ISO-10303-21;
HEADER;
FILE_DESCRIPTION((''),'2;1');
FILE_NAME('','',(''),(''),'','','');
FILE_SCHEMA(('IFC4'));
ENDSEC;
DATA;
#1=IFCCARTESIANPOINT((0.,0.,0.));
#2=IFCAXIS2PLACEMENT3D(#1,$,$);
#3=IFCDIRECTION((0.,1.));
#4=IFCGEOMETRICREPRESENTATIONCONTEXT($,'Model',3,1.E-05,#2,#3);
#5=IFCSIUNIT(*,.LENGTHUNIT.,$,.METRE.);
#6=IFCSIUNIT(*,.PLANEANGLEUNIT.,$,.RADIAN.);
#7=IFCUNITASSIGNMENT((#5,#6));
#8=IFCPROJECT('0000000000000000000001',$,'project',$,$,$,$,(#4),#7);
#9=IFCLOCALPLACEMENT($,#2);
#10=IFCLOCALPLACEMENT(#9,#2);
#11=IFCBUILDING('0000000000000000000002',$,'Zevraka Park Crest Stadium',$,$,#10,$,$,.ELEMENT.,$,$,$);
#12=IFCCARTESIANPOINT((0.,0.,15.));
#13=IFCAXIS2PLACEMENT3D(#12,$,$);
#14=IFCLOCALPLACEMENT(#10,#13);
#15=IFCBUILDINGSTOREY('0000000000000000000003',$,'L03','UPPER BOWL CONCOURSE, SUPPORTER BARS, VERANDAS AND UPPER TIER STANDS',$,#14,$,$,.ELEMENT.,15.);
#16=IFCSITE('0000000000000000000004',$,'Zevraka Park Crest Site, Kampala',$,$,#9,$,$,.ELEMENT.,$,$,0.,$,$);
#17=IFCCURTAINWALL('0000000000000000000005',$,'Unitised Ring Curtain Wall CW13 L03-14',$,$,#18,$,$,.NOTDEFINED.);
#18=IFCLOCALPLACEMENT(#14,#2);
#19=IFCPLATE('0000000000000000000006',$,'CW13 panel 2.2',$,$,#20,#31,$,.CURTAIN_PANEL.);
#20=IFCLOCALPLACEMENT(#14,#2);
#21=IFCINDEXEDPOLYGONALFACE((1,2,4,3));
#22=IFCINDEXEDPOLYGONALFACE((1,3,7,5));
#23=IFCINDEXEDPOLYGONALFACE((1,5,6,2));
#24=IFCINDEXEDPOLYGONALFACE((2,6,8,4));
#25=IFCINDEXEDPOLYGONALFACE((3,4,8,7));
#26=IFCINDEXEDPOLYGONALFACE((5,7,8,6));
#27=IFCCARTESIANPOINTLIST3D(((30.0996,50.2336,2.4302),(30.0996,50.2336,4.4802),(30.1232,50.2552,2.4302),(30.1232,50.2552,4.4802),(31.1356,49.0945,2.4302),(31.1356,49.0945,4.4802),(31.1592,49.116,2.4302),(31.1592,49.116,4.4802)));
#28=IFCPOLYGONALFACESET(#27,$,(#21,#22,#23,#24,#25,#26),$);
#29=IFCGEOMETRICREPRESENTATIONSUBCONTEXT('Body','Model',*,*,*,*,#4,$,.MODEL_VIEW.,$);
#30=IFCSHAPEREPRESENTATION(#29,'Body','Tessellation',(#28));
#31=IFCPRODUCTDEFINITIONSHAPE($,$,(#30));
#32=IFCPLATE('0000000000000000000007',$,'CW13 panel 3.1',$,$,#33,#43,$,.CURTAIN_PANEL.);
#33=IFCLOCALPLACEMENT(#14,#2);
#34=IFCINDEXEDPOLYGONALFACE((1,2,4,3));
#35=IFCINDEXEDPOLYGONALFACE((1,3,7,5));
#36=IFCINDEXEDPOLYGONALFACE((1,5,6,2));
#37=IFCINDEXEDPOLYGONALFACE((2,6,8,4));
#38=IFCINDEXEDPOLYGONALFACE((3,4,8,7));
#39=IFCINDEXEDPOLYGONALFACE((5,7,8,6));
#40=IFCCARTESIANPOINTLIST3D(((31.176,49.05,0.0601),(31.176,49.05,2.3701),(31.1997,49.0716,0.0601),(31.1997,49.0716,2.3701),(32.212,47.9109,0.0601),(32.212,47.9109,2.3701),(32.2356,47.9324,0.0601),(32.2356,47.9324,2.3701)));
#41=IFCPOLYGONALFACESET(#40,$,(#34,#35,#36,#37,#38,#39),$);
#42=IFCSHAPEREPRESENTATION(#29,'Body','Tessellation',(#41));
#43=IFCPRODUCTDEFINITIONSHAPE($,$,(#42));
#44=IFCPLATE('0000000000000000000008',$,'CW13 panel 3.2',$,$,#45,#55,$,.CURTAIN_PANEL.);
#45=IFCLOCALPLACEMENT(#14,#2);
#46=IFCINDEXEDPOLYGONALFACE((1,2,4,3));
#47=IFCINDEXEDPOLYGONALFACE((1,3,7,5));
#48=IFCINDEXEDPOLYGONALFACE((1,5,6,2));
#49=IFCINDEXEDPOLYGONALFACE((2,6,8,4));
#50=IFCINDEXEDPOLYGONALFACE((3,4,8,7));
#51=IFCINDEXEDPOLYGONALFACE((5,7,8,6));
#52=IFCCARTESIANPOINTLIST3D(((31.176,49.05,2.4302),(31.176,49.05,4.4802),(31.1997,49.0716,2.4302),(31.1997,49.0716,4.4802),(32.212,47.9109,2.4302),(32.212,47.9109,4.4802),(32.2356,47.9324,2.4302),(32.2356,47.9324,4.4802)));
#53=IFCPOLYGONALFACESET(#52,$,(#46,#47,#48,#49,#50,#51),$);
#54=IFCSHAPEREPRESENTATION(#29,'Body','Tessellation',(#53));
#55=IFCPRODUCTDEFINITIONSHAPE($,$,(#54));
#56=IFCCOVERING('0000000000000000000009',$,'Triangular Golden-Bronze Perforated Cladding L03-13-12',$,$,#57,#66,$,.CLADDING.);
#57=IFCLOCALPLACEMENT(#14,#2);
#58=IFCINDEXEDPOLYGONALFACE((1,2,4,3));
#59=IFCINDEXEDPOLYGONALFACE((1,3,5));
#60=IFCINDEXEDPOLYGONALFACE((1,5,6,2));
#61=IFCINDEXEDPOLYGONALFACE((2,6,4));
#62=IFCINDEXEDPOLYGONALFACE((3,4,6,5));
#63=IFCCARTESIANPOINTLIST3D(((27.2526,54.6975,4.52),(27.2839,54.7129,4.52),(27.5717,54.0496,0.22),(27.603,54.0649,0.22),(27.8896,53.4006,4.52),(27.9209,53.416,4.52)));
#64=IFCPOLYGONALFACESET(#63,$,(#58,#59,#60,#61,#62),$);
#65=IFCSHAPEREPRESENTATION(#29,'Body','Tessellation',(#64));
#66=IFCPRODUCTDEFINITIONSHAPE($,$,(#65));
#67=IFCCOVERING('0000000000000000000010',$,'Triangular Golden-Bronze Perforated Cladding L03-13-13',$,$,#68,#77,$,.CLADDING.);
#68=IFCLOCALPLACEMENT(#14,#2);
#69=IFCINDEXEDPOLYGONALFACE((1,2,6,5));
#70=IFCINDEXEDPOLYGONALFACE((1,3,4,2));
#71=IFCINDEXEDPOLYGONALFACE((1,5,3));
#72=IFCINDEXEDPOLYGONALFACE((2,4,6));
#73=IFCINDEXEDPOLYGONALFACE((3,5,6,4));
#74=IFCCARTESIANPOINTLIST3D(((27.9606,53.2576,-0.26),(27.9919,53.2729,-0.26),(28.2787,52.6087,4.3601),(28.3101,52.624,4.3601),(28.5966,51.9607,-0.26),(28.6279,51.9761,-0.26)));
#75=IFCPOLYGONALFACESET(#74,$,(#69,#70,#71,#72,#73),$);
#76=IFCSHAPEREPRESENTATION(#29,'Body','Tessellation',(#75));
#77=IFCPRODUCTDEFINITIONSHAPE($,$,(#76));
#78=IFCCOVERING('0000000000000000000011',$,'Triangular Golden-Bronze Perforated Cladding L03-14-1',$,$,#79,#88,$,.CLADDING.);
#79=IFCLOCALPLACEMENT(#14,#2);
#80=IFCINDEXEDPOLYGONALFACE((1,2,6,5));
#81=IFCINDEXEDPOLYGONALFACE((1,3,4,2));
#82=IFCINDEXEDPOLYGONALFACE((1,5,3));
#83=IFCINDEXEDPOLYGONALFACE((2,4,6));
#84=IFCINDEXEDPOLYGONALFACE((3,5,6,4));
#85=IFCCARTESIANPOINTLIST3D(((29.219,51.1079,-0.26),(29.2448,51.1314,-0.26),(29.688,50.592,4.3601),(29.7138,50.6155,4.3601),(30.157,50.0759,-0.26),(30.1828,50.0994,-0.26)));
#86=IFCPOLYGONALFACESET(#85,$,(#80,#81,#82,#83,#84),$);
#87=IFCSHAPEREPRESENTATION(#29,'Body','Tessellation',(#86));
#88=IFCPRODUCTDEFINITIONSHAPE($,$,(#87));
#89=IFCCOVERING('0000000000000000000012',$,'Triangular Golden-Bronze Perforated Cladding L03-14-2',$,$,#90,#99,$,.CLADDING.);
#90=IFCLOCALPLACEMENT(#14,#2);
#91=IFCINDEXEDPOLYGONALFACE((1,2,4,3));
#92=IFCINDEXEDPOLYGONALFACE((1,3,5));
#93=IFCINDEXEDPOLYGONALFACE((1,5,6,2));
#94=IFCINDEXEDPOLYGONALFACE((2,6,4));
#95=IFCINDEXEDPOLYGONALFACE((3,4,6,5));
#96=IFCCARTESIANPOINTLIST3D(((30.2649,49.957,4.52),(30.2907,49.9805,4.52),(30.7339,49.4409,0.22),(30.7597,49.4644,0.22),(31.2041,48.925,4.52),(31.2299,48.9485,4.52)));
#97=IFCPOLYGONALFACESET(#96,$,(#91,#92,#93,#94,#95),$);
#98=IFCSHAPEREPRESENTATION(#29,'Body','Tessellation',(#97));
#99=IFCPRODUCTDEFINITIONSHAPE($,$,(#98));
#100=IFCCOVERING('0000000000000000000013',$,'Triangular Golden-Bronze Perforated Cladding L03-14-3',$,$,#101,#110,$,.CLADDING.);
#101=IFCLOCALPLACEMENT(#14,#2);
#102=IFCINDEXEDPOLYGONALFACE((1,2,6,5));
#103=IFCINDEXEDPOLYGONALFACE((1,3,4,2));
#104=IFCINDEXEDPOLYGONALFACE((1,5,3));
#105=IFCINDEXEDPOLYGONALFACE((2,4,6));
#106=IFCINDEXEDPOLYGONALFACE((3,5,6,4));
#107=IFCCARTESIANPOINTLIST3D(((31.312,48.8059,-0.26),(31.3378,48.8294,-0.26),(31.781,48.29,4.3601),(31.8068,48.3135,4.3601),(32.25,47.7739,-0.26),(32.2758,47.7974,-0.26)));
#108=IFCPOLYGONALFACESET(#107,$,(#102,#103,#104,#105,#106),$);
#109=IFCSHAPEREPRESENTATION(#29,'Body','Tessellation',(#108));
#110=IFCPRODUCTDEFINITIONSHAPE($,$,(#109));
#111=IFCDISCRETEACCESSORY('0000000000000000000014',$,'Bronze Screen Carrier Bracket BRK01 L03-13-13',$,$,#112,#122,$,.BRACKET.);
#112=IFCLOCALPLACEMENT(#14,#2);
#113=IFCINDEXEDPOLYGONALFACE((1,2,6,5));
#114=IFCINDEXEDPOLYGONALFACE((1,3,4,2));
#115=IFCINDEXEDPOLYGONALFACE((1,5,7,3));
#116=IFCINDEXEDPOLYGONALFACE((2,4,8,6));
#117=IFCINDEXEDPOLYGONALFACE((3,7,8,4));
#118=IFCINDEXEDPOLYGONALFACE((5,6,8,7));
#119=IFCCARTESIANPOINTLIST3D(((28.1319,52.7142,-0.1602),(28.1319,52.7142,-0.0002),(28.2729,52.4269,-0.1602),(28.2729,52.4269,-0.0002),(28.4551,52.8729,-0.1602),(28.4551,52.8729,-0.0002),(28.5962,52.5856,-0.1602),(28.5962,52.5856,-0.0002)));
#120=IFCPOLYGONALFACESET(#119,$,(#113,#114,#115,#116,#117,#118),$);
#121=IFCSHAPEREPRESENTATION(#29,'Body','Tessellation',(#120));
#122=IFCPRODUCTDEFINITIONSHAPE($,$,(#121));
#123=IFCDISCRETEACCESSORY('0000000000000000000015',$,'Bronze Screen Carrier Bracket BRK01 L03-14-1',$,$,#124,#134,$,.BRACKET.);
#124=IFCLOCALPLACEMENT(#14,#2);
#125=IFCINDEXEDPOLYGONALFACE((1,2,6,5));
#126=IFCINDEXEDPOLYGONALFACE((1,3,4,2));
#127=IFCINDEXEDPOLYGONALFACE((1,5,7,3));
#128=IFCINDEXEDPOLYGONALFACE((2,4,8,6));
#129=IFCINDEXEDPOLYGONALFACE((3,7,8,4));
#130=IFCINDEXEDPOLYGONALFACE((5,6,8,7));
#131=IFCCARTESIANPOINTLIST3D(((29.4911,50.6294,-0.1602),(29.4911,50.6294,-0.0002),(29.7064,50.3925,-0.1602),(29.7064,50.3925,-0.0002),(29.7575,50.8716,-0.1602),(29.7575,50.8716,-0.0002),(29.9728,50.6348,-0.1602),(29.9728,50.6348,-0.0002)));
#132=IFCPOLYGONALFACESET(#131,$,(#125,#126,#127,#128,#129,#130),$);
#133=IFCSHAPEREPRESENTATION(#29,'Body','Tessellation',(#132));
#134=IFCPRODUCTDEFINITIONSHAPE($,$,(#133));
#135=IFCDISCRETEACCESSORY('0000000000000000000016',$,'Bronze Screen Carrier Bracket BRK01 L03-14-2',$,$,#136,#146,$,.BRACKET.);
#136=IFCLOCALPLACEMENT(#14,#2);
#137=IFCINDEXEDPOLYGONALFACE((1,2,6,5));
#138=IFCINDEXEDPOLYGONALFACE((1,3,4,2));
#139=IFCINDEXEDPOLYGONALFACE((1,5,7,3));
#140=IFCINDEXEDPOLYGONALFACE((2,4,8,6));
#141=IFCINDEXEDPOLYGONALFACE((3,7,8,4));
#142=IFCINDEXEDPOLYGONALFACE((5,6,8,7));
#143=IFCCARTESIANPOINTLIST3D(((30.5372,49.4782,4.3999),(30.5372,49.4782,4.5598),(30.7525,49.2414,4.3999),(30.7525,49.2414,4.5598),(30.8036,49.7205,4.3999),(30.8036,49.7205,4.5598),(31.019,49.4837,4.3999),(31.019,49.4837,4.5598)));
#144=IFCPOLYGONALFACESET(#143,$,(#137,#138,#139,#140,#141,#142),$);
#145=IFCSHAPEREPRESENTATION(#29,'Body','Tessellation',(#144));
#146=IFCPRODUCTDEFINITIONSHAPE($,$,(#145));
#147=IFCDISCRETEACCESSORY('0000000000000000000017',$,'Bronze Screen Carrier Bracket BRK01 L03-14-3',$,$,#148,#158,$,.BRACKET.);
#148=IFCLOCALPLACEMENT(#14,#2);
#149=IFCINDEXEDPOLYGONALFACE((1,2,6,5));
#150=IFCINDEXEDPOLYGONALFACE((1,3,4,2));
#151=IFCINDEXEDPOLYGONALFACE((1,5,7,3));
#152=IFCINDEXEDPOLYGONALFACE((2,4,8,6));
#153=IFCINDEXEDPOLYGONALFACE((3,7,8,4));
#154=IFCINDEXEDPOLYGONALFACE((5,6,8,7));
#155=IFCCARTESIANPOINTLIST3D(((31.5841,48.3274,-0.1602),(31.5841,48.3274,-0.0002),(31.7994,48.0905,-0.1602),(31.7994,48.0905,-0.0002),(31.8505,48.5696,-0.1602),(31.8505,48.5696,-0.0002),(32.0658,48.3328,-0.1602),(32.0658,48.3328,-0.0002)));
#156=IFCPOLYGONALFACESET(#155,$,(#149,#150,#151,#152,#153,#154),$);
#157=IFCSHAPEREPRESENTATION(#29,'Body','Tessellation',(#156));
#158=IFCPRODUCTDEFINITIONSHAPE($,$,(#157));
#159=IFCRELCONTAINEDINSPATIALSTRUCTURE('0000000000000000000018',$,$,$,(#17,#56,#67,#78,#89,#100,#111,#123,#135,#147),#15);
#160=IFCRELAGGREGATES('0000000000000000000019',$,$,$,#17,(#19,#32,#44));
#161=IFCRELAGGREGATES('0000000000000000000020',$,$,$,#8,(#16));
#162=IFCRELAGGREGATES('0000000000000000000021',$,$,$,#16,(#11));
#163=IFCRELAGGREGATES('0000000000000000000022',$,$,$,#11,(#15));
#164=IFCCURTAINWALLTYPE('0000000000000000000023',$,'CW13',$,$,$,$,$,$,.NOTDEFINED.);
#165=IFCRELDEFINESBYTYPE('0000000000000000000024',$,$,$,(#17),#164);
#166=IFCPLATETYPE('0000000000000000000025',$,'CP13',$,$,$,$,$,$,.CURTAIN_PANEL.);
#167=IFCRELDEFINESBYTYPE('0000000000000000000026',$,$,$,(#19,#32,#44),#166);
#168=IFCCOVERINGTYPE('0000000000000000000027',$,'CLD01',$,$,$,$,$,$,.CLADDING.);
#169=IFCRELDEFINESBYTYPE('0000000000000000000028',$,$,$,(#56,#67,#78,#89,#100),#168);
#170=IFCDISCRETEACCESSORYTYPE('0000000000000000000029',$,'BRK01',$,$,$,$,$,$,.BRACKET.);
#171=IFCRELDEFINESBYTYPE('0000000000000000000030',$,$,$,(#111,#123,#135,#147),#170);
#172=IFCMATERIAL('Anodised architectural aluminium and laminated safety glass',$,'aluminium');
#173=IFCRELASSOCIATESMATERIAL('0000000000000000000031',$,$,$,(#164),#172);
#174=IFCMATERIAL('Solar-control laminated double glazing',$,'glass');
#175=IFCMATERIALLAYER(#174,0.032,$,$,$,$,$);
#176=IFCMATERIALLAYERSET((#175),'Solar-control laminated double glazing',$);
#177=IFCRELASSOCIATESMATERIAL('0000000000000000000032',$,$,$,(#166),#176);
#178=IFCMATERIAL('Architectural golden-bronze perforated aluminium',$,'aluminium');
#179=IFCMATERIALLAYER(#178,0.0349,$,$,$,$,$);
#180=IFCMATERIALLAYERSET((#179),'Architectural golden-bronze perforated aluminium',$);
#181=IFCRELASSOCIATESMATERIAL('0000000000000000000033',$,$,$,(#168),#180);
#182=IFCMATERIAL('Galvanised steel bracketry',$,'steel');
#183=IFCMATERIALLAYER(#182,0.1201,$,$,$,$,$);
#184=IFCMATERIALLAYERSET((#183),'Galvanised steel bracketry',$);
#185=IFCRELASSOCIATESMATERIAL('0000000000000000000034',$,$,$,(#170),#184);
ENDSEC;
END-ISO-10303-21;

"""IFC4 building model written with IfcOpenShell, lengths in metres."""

from ifc_helpers import new_model, si_unit, direction, frame, origin, origin_2d, place, context, subcontext, project, spatial, polyline, rectangle, outline, extrude, material, layer, layer_set, type_object, element, aggregate, save


model = new_model("IFC4")

# Units and contexts
model_context = context("Model", 3, precision=1e-05, world=origin(), true_north=direction((0.0, 1.0)))
body_context = subcontext(model_context, "Body", "Model", "MODEL_VIEW")
ifc_project = project(units=[si_unit("LENGTHUNIT", "METRE"), si_unit("PLANEANGLEUNIT", "RADIAN")], contexts=[model_context])

# Site, building, storey
site_placement = place(None, origin())
site = spatial("IfcSite", under=ifc_project, at=site_placement, Name="Zevraka Park Crest Site, Kampala", CompositionType="ELEMENT", RefElevation=0.0)
building_placement = place(site_placement, origin())
building = spatial("IfcBuilding", under=site, at=building_placement, Name="Zevraka Park Crest Stadium", CompositionType="ELEMENT")
storey_placement = place(building_placement, frame((0.0, 0.0, 15.0)))
storey = spatial("IfcBuildingStorey", under=building, at=storey_placement, Name="L03", Description="UPPER BOWL CONCOURSE, SUPPORTER BARS, VERANDAS AND UPPER TIER STANDS", CompositionType="ELEMENT", Elevation=15.0)

# Curtain wall
ifc_material_1 = material(Name="Anodised architectural aluminium and laminated safety glass", Category="aluminium")
curtain_wall_type_1 = type_object("IfcCurtainWallType", Name="CW13", PredefinedType="NOTDEFINED", material=ifc_material_1)
curtain_wall_1_placement = place(storey_placement, origin())
curtain_wall_1 = element("IfcCurtainWall", 1, at=curtain_wall_1_placement, inside=storey, type_object=curtain_wall_type_1, Name="Unitised Ring Curtain Wall CW13 L03-14", PredefinedType="NOTDEFINED")

# Plates
ifc_material_2 = material(Name="Solar-control laminated double glazing", Category="glass")
ifc_layer_1 = layer(ifc_material_2, 0.032)
ifc_layer_set_1 = layer_set([ifc_layer_1], Name="Solar-control laminated double glazing")
plate_type_1 = type_object("IfcPlateType", Name="CP13", PredefinedType="CURTAIN_PANEL", material=ifc_layer_set_1)
plate_1_placement = place(storey_placement, frame((30.6294, 49.6748, 2.4302), z_axis=(0.0, 0.0, 1.0), x_axis=(0.672802, -0.739823, 0.0)))
plate_1 = element("IfcPlate", 2, at=plate_1_placement, type_object=plate_type_1, Name="CW13 panel 2.2", PredefinedType="CURTAIN_PANEL", context=body_context, shape_type="SweptSolid", body=[
    extrude(rectangle(XDim=1.5398, YDim=0.032, at=origin_2d()), origin(), (0.0, 0.0, 1.0), 2.05),
])
plate_2_placement = place(storey_placement, frame((31.7058, 48.4912, 0.0601), z_axis=(0.0, 0.0, 1.0), x_axis=(0.672802, -0.739823, 0.0)))
plate_2 = element("IfcPlate", 3, at=plate_2_placement, type_object=plate_type_1, Name="CW13 panel 3.1", PredefinedType="CURTAIN_PANEL", context=body_context, shape_type="SweptSolid", body=[
    extrude(rectangle(XDim=1.5398, YDim=0.032, at=origin_2d()), origin(), (0.0, 0.0, 1.0), 2.3101),
])
plate_3_placement = place(storey_placement, frame((31.7058, 48.4912, 2.4302), z_axis=(0.0, 0.0, 1.0), x_axis=(0.672802, -0.739823, 0.0)))
plate_3 = element("IfcPlate", 4, at=plate_3_placement, type_object=plate_type_1, Name="CW13 panel 3.2", PredefinedType="CURTAIN_PANEL", context=body_context, shape_type="SweptSolid", body=[
    extrude(rectangle(XDim=1.5398, YDim=0.032, at=origin_2d()), origin(), (0.0, 0.0, 1.0), 2.05),
])
aggregate(curtain_wall_1, [plate_1, plate_2, plate_3])

# Coverings
ifc_material_3 = material(Name="Architectural golden-bronze perforated aluminium", Category="aluminium")
ifc_layer_2 = layer(ifc_material_3, 0.0349)
ifc_layer_set_2 = layer_set([ifc_layer_2], Name="Architectural golden-bronze perforated aluminium")
covering_type = type_object("IfcCoveringType", Name="CLD01", PredefinedType="CLADDING", material=ifc_layer_set_2)
covering_1_placement = place(storey_placement, frame((27.9209, 53.416, 4.52), z_axis=(0.897581, 0.440849, 0.000177), x_axis=(-0.440849, 0.897581, 0.0)))
element("IfcCovering", 5, at=covering_1_placement, inside=storey, type_object=covering_type, Name="Triangular Golden-Bronze Perforated Cladding L03-13-12", PredefinedType="CLADDING", context=body_context, shape_type="SweptSolid", body=[
    extrude(outline(polyline([(0.0, 0.0), (1.4449, 0.0), (0.7226, -4.3), (0.0, 0.0)])), origin(), (0.0, 0.0, -1.0), 0.0349),
])
covering_2_placement = place(storey_placement, frame((27.9919, 53.2729, -0.26), z_axis=(0.897849, 0.440304, 0.000023), x_axis=(0.440304, -0.897849, 0.0)))
element("IfcCovering", 6, at=covering_2_placement, inside=storey, type_object=covering_type, Name="Triangular Golden-Bronze Perforated Cladding L03-13-13", PredefinedType="CLADDING", context=body_context, shape_type="SweptSolid", body=[
    extrude(outline(polyline([(0.0, 0.0), (1.4444, 0.0), (0.7227, -4.6201), (0.0, 0.0)])), origin(), (0.0, 0.0, -1.0), 0.0349),
])
covering_3_placement = place(storey_placement, frame((29.219, 51.1079, -0.26), z_axis=(-0.740003, -0.672603, 0.000018), x_axis=(0.672603, -0.740003, 0.0)))
element("IfcCovering", 7, at=covering_3_placement, inside=storey, type_object=covering_type, Name="Triangular Golden-Bronze Perforated Cladding L03-14-1", PredefinedType="CLADDING", context=body_context, shape_type="SweptSolid", body=[
    extrude(outline(polyline([(0.0, 0.0), (1.3946, 0.0), (0.6972, 4.6201), (0.0, 0.0)])), origin(), (0.0, 0.0, -1.0), 0.0349),
])
covering_4_placement = place(storey_placement, frame((31.2041, 48.925, 4.52), z_axis=(-0.739568, -0.673082, 0.000124), x_axis=(-0.673082, 0.739568, 0.0)))
element("IfcCovering", 8, at=covering_4_placement, inside=storey, type_object=covering_type, Name="Triangular Golden-Bronze Perforated Cladding L03-14-2", PredefinedType="CLADDING", context=body_context, shape_type="SweptSolid", body=[
    extrude(outline(polyline([(0.0, 0.0), (1.3954, 0.0), (0.698, 4.3), (0.0, 0.0)])), origin(), (0.0, 0.0, -1.0), 0.0349),
])
covering_5_placement = place(storey_placement, frame((31.312, 48.8059, -0.26), z_axis=(-0.740003, -0.672603, 0.000018), x_axis=(0.672603, -0.740003, 0.0)))
element("IfcCovering", 9, at=covering_5_placement, inside=storey, type_object=covering_type, Name="Triangular Golden-Bronze Perforated Cladding L03-14-3", PredefinedType="CLADDING", context=body_context, shape_type="SweptSolid", body=[
    extrude(outline(polyline([(0.0, 0.0), (1.3946, 0.0), (0.6972, 4.6201), (0.0, 0.0)])), origin(), (0.0, 0.0, -1.0), 0.0349),
])

# Discrete accessories
ifc_material_4 = material(Name="Galvanised steel bracketry", Category="steel")
ifc_layer_3 = layer(ifc_material_4, 0.1201)
ifc_layer_set_3 = layer_set([ifc_layer_3], Name="Galvanised steel bracketry")
discrete_accessory_type = type_object("IfcDiscreteAccessoryType", Name="BRK01", PredefinedType="BRACKET", material=ifc_layer_set_3)
for number, where, z_axis, x_axis, name in (
    (10, (28.364, 52.6499, -0.1602), (0.0, 0.0, 1.0), (0.440723, -0.897643, 0.0), "Bronze Screen Carrier Bracket BRK01 L03-13-13"),
    (11, (29.7319, 50.6321, -0.1602), (0.0, 0.0, 1.0), (0.672754, -0.739866, 0.0), "Bronze Screen Carrier Bracket BRK01 L03-14-1"),
    (12, (30.7781, 49.481, 4.3999), (0.0, 0.0, 1.0), (0.672754, -0.739866, 0.0), "Bronze Screen Carrier Bracket BRK01 L03-14-2"),
    (13, (31.825, 48.3301, -0.1602), (0.0, 0.0, 1.0), (0.672754, -0.739866, 0.0), "Bronze Screen Carrier Bracket BRK01 L03-14-3"),
):
    element("IfcDiscreteAccessory", number, at=place(storey_placement, frame(where, z_axis=z_axis, x_axis=x_axis)), inside=storey, type_object=discrete_accessory_type, Name=name, PredefinedType="BRACKET", context=body_context, shape_type="SweptSolid", body=[
        extrude(rectangle(XDim=0.3201, YDim=0.3601, at=origin_2d()), origin(), (0.0, 0.0, 1.0), 0.1599),
    ])

save(model, "model.ifc")
